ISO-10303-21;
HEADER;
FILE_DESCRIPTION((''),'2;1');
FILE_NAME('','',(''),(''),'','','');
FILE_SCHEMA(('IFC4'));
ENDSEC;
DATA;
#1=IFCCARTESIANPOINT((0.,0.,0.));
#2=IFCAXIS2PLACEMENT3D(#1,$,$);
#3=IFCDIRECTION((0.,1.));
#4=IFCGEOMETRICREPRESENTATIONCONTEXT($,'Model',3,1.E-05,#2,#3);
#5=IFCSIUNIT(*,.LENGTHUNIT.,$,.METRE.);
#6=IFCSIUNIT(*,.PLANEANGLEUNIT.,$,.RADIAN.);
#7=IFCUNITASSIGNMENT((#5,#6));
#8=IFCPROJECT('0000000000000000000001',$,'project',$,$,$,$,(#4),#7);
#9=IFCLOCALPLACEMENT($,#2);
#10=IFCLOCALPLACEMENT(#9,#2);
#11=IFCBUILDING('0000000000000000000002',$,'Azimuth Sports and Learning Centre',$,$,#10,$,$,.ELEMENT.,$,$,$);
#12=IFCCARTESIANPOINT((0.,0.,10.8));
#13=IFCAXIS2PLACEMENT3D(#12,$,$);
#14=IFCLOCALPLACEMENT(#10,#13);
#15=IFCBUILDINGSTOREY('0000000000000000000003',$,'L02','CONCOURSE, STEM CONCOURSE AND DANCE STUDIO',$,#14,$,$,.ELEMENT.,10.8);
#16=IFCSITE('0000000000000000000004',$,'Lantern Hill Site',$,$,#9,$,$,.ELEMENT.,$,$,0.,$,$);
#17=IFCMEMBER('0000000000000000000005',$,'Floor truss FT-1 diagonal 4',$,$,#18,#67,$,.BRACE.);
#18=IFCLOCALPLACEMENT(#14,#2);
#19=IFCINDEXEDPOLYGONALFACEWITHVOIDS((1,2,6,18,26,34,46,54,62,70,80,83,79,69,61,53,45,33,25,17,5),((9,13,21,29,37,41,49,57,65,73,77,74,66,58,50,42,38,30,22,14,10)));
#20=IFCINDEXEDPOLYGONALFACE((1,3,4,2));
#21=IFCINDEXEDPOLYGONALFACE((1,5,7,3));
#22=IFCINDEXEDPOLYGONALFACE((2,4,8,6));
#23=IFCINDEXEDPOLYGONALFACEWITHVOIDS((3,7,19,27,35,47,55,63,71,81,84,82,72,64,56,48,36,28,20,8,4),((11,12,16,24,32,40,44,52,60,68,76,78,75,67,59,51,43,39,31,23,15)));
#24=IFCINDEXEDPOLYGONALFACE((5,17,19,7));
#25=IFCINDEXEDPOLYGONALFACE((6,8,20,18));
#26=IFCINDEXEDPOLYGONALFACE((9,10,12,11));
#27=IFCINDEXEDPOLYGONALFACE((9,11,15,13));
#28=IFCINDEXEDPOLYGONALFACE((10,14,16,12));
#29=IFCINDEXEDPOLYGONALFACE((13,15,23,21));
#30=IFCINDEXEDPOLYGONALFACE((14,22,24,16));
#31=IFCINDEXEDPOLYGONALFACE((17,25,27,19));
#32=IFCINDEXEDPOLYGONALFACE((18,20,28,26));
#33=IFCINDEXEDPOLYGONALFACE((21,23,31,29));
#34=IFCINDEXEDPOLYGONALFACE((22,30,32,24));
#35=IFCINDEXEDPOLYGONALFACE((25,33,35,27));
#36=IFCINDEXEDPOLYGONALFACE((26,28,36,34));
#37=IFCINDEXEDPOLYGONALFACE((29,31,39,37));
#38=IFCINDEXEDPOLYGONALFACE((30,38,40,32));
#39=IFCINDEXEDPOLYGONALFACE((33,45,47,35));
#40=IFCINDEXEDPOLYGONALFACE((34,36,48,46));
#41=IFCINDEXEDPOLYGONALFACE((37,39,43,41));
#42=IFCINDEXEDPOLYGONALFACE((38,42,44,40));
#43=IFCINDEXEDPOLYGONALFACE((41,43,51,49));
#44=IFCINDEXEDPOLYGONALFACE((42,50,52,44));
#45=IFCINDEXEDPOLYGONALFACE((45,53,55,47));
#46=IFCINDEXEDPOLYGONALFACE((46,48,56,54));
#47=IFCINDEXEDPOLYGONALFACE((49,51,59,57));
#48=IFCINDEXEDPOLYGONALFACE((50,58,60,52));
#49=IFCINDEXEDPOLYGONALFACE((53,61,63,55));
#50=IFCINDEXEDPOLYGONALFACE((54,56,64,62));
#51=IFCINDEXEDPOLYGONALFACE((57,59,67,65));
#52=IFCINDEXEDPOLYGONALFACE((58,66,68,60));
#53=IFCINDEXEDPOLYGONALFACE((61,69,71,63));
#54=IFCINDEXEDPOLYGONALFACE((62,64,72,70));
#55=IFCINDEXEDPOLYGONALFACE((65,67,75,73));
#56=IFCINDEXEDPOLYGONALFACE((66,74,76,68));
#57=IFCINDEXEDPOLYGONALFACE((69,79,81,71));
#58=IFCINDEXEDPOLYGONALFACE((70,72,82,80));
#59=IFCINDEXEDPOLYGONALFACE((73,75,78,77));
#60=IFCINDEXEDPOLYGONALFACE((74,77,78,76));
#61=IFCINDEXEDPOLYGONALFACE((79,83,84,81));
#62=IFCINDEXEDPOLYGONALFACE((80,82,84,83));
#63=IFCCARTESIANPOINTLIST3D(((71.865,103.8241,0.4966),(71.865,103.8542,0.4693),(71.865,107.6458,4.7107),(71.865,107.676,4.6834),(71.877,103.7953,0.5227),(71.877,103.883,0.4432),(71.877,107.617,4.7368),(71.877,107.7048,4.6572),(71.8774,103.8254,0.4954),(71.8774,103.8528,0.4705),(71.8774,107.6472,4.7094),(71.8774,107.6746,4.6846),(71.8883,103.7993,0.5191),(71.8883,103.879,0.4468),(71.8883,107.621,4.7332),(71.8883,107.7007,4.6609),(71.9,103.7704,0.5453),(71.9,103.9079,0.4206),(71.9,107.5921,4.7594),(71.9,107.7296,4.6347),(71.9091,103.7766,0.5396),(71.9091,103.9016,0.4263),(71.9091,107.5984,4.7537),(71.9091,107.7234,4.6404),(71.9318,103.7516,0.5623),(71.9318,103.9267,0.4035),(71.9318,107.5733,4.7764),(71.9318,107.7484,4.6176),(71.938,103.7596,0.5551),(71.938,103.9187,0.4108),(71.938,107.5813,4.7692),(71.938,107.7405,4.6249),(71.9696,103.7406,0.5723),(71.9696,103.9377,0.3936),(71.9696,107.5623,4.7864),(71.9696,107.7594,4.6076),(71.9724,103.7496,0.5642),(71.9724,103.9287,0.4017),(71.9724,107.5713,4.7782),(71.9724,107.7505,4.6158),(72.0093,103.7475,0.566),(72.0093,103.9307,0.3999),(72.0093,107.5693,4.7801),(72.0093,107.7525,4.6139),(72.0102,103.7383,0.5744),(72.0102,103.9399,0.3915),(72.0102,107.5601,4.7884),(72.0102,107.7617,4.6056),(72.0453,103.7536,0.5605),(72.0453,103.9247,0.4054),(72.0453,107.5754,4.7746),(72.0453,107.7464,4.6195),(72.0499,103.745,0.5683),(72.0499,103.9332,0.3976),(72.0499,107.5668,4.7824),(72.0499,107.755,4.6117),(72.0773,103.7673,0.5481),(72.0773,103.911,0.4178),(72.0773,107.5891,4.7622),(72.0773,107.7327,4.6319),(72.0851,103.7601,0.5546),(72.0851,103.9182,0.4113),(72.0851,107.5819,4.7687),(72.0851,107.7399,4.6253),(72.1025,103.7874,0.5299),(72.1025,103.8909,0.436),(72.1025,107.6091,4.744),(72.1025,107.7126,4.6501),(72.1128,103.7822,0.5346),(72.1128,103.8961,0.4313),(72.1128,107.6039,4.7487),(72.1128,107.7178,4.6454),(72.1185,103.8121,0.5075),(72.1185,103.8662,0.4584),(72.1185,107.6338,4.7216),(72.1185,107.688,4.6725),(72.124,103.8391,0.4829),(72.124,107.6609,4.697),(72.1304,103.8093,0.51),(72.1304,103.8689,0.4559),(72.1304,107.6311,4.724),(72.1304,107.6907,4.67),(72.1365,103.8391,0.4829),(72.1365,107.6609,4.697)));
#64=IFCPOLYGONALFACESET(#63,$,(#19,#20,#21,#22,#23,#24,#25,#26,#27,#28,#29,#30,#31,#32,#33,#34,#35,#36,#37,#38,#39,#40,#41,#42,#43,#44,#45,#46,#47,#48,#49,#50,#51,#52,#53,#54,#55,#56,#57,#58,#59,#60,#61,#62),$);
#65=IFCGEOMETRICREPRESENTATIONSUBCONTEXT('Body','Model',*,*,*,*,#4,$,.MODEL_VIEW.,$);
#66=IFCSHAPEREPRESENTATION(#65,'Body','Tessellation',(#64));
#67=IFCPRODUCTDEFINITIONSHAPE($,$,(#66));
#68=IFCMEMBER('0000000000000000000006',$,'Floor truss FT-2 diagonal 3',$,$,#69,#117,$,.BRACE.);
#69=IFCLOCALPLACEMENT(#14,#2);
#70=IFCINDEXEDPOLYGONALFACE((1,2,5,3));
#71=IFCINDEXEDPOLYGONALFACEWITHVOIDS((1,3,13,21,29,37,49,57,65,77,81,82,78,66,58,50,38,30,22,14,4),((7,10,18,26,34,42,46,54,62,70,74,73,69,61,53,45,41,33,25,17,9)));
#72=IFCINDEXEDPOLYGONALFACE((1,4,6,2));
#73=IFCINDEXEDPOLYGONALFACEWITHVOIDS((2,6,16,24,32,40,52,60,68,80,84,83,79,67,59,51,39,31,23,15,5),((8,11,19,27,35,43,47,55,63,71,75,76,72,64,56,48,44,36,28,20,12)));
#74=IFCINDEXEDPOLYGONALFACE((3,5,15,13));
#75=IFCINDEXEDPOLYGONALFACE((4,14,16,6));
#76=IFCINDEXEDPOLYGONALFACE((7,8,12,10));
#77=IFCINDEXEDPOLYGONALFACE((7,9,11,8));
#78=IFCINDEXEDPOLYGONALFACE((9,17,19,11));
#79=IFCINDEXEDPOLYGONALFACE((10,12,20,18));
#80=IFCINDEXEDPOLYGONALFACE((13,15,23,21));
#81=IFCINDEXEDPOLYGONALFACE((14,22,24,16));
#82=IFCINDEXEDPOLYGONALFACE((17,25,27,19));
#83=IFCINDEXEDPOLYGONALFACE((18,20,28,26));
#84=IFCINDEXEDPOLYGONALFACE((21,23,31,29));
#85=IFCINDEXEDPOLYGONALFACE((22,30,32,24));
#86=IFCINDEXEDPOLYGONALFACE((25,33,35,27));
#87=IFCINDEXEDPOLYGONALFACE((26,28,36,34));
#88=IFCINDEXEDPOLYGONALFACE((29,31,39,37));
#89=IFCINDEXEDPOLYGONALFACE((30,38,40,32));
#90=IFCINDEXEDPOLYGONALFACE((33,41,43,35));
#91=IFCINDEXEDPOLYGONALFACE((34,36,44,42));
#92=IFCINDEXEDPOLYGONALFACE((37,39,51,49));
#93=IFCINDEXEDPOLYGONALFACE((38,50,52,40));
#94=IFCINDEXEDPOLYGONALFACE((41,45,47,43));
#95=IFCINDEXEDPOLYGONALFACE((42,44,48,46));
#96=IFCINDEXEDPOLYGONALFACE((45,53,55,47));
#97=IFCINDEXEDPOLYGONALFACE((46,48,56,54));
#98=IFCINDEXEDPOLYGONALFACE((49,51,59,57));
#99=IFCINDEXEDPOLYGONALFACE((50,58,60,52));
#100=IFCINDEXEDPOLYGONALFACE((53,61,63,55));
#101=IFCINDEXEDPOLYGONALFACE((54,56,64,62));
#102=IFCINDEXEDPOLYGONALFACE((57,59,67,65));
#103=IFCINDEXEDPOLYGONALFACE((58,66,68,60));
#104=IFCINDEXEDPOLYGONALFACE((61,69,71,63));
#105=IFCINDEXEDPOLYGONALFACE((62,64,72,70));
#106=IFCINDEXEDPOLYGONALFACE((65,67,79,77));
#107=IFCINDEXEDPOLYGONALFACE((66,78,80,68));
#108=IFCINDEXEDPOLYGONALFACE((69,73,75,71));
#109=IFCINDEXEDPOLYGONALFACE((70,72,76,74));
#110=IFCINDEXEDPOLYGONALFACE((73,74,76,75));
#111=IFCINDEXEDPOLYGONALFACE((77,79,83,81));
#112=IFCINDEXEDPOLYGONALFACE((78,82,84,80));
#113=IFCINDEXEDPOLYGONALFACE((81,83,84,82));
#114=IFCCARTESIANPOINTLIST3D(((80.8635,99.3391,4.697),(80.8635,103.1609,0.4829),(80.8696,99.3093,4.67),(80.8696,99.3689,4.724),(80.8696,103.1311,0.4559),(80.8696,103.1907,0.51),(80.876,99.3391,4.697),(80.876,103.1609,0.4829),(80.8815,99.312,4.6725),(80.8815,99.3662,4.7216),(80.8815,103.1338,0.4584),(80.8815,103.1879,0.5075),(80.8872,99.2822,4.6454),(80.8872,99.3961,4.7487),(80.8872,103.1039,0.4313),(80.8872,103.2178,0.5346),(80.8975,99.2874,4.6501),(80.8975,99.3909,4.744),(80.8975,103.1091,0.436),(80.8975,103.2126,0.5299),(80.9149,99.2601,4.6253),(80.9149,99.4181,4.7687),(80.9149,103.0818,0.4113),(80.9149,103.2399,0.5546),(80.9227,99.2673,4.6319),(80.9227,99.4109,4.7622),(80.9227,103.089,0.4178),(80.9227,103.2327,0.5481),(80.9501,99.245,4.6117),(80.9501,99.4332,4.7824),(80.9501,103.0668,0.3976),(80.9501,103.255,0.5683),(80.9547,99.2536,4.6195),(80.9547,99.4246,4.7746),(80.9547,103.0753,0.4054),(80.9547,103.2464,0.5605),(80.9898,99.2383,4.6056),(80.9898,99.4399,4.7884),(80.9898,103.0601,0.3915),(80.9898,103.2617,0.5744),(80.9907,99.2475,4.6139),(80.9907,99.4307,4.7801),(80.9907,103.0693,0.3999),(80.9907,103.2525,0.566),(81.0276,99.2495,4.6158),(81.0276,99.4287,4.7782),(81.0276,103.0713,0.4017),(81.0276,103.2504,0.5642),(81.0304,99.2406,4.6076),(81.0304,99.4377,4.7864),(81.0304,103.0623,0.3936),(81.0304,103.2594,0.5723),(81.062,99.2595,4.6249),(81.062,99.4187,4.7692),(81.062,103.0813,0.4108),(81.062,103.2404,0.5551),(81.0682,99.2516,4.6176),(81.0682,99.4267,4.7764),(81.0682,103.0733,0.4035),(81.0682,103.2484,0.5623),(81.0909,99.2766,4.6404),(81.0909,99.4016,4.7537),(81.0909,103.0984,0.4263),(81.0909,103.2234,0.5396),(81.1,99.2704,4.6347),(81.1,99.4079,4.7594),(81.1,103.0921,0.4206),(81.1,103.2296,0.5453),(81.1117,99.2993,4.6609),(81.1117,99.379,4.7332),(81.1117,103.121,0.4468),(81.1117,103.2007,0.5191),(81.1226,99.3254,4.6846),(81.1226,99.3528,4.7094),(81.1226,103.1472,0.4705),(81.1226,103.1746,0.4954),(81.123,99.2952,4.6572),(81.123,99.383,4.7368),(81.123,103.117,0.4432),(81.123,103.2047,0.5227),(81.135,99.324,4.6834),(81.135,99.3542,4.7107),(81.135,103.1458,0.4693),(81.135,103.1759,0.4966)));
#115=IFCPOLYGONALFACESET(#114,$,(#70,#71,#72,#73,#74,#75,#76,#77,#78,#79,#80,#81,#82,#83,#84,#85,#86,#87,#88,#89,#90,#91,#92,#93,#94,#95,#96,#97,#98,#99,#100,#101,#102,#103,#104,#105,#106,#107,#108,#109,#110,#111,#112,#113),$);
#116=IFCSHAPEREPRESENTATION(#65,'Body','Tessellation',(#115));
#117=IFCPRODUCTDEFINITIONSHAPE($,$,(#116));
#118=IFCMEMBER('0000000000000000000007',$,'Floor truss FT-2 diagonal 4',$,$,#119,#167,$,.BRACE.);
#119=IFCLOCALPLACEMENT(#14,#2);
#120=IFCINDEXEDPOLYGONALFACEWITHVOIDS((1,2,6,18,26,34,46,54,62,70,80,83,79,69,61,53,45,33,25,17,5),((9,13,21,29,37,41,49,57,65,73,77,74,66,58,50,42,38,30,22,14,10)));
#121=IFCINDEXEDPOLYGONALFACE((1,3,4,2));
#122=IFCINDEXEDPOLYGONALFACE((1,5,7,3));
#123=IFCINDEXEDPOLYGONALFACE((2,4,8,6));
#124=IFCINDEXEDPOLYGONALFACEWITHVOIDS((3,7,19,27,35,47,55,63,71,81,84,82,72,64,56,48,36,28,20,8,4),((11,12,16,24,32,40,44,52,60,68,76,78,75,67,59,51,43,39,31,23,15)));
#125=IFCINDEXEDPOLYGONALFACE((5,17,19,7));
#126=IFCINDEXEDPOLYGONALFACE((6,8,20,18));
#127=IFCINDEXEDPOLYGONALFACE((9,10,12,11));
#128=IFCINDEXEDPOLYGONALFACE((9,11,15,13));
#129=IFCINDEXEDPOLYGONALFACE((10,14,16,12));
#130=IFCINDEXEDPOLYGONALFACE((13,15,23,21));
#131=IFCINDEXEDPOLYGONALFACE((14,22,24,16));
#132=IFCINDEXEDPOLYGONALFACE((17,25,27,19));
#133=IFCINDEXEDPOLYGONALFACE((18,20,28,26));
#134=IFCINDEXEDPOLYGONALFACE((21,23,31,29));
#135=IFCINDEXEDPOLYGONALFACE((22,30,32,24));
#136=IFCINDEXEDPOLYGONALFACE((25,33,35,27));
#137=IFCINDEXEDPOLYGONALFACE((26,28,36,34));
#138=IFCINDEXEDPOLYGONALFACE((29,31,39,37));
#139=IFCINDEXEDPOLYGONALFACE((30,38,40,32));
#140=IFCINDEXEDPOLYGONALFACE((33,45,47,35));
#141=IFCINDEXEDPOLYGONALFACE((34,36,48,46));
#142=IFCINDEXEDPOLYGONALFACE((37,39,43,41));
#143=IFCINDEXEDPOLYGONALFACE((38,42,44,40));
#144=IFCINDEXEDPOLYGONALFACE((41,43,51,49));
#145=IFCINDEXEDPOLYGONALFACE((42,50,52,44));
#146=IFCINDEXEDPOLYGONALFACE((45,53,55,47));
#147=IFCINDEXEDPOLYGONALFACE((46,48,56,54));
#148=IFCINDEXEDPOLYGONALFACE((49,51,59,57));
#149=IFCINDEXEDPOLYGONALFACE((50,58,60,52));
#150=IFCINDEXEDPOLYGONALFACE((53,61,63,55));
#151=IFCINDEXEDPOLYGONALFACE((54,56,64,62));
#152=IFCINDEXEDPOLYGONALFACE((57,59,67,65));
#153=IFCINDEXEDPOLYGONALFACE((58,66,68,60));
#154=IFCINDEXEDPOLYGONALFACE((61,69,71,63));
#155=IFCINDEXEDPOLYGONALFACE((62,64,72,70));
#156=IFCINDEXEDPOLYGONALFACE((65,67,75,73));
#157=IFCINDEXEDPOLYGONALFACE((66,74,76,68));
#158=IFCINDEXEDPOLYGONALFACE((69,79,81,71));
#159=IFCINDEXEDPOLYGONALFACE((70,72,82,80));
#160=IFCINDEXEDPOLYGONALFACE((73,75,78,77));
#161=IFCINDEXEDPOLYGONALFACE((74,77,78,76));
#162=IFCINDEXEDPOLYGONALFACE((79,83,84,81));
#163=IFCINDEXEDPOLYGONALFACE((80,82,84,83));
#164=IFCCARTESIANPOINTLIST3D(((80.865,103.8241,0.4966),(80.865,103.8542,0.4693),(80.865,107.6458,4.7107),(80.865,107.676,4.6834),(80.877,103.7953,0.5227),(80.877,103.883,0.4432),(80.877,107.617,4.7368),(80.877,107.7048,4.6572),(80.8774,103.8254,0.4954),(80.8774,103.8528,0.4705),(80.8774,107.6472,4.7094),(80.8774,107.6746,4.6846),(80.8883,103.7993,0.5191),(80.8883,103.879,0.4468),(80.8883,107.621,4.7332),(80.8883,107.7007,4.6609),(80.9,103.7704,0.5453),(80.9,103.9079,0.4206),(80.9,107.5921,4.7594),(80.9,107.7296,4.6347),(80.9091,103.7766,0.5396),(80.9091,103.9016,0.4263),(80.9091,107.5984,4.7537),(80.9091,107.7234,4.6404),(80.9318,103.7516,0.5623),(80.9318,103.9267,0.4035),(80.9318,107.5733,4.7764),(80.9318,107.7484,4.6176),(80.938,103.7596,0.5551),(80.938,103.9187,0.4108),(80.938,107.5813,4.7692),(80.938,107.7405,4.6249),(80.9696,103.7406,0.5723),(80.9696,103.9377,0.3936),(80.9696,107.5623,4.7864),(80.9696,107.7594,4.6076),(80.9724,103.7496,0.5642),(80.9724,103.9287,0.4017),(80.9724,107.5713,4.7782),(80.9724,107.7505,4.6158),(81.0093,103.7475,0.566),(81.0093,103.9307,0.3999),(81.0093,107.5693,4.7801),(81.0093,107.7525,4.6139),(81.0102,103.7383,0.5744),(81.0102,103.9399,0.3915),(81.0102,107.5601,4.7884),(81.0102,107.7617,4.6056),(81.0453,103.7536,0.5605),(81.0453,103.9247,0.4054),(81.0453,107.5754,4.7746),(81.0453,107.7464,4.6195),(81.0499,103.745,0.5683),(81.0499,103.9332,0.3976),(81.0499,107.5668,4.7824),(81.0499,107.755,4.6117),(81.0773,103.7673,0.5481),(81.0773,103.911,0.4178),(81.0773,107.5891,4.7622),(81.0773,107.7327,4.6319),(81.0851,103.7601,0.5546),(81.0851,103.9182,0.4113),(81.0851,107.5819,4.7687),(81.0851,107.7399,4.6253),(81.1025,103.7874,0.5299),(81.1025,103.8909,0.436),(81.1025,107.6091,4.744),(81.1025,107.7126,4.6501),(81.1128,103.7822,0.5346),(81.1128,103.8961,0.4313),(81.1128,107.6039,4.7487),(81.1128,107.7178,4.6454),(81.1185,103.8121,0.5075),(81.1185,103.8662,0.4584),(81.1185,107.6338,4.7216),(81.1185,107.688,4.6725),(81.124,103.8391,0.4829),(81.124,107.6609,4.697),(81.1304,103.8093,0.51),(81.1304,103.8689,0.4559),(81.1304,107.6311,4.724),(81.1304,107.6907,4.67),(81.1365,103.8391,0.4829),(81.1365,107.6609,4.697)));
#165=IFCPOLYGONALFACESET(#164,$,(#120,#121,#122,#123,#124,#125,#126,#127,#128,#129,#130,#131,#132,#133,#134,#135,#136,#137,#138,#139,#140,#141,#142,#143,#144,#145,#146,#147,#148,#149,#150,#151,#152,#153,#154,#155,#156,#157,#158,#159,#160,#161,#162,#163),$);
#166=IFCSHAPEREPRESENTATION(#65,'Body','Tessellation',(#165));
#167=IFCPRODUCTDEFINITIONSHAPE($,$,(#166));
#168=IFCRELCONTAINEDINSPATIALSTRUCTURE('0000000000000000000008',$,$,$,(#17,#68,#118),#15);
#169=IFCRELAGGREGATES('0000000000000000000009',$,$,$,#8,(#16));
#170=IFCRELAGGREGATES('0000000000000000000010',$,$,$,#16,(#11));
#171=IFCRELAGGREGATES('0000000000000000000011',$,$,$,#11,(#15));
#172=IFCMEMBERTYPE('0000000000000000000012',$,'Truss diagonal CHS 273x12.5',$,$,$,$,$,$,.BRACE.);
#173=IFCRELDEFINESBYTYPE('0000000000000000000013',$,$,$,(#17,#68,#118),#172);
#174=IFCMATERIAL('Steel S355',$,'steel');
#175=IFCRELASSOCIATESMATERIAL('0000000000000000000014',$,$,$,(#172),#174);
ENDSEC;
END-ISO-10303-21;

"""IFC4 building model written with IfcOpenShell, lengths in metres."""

from ifc_helpers import new_model, si_unit, direction, frame, origin, origin_2d, place, context, subcontext, project, spatial, hollow_circle, extrude, material, material_profile, profile_set, type_object, element, save


model = new_model("IFC4")

# Units and contexts
model_context = context("Model", 3, precision=1e-05, world=origin(), true_north=direction((0.0, 1.0)))
body_context = subcontext(model_context, "Body", "Model", "MODEL_VIEW")
ifc_project = project(units=[si_unit("LENGTHUNIT", "METRE"), si_unit("PLANEANGLEUNIT", "RADIAN")], contexts=[model_context])

# Site, building, storey
site_placement = place(None, origin())
site = spatial("IfcSite", under=ifc_project, at=site_placement, Name="Lantern Hill Site", CompositionType="ELEMENT", RefElevation=0.0)
building_placement = place(site_placement, origin())
building = spatial("IfcBuilding", under=site, at=building_placement, Name="Azimuth Sports and Learning Centre", CompositionType="ELEMENT")
storey_placement = place(building_placement, frame((0.0, 0.0, 10.8)))
storey = spatial("IfcBuildingStorey", under=building, at=storey_placement, Name="L02", Description="CONCOURSE, STEM CONCOURSE AND DANCE STUDIO", CompositionType="ELEMENT", Elevation=10.8)

# Members
ifc_material_1 = material(Name="Steel S355", Category="steel")
ifc_material_profile_1 = material_profile(ifc_material_1, hollow_circle(Radius=0.1365, WallThickness=0.0125, at=origin_2d()), Name="CHS 273x12.5")
ifc_profile_set_1 = profile_set([ifc_material_profile_1], Name="Steel S355")
member_type_1 = type_object("IfcMemberType", Name="Truss diagonal CHS 273x12.5", PredefinedType="BRACE", material=ifc_profile_set_1)
for number, where, z_axis, x_axis, name in (
    (1, (72.0, 107.6609, 4.697), (0.0, -0.671784, -0.740747), (1.0, 0.0, 0.0), "Floor truss FT-1 diagonal 4"),
    (2, (81.0, 99.3391, 4.697), (0.0, 0.671784, -0.740747), (-1.0, 0.0, 0.0), "Floor truss FT-2 diagonal 3"),
    (3, (81.0, 107.6609, 4.697), (0.0, -0.671784, -0.740747), (1.0, 0.0, 0.0), "Floor truss FT-2 diagonal 4"),
):
    element("IfcMember", number, at=place(storey_placement, frame(where, z_axis=z_axis, x_axis=x_axis)), inside=storey, type_object=member_type_1, Name=name, PredefinedType="BRACE", context=body_context, shape_type="SweptSolid", body=[
        extrude(hollow_circle(Radius=0.1365, WallThickness=0.0125, at=origin_2d()), origin(), (0.0, 0.0, 1.0), 5.689),
    ])

save(model, "model.ifc")
